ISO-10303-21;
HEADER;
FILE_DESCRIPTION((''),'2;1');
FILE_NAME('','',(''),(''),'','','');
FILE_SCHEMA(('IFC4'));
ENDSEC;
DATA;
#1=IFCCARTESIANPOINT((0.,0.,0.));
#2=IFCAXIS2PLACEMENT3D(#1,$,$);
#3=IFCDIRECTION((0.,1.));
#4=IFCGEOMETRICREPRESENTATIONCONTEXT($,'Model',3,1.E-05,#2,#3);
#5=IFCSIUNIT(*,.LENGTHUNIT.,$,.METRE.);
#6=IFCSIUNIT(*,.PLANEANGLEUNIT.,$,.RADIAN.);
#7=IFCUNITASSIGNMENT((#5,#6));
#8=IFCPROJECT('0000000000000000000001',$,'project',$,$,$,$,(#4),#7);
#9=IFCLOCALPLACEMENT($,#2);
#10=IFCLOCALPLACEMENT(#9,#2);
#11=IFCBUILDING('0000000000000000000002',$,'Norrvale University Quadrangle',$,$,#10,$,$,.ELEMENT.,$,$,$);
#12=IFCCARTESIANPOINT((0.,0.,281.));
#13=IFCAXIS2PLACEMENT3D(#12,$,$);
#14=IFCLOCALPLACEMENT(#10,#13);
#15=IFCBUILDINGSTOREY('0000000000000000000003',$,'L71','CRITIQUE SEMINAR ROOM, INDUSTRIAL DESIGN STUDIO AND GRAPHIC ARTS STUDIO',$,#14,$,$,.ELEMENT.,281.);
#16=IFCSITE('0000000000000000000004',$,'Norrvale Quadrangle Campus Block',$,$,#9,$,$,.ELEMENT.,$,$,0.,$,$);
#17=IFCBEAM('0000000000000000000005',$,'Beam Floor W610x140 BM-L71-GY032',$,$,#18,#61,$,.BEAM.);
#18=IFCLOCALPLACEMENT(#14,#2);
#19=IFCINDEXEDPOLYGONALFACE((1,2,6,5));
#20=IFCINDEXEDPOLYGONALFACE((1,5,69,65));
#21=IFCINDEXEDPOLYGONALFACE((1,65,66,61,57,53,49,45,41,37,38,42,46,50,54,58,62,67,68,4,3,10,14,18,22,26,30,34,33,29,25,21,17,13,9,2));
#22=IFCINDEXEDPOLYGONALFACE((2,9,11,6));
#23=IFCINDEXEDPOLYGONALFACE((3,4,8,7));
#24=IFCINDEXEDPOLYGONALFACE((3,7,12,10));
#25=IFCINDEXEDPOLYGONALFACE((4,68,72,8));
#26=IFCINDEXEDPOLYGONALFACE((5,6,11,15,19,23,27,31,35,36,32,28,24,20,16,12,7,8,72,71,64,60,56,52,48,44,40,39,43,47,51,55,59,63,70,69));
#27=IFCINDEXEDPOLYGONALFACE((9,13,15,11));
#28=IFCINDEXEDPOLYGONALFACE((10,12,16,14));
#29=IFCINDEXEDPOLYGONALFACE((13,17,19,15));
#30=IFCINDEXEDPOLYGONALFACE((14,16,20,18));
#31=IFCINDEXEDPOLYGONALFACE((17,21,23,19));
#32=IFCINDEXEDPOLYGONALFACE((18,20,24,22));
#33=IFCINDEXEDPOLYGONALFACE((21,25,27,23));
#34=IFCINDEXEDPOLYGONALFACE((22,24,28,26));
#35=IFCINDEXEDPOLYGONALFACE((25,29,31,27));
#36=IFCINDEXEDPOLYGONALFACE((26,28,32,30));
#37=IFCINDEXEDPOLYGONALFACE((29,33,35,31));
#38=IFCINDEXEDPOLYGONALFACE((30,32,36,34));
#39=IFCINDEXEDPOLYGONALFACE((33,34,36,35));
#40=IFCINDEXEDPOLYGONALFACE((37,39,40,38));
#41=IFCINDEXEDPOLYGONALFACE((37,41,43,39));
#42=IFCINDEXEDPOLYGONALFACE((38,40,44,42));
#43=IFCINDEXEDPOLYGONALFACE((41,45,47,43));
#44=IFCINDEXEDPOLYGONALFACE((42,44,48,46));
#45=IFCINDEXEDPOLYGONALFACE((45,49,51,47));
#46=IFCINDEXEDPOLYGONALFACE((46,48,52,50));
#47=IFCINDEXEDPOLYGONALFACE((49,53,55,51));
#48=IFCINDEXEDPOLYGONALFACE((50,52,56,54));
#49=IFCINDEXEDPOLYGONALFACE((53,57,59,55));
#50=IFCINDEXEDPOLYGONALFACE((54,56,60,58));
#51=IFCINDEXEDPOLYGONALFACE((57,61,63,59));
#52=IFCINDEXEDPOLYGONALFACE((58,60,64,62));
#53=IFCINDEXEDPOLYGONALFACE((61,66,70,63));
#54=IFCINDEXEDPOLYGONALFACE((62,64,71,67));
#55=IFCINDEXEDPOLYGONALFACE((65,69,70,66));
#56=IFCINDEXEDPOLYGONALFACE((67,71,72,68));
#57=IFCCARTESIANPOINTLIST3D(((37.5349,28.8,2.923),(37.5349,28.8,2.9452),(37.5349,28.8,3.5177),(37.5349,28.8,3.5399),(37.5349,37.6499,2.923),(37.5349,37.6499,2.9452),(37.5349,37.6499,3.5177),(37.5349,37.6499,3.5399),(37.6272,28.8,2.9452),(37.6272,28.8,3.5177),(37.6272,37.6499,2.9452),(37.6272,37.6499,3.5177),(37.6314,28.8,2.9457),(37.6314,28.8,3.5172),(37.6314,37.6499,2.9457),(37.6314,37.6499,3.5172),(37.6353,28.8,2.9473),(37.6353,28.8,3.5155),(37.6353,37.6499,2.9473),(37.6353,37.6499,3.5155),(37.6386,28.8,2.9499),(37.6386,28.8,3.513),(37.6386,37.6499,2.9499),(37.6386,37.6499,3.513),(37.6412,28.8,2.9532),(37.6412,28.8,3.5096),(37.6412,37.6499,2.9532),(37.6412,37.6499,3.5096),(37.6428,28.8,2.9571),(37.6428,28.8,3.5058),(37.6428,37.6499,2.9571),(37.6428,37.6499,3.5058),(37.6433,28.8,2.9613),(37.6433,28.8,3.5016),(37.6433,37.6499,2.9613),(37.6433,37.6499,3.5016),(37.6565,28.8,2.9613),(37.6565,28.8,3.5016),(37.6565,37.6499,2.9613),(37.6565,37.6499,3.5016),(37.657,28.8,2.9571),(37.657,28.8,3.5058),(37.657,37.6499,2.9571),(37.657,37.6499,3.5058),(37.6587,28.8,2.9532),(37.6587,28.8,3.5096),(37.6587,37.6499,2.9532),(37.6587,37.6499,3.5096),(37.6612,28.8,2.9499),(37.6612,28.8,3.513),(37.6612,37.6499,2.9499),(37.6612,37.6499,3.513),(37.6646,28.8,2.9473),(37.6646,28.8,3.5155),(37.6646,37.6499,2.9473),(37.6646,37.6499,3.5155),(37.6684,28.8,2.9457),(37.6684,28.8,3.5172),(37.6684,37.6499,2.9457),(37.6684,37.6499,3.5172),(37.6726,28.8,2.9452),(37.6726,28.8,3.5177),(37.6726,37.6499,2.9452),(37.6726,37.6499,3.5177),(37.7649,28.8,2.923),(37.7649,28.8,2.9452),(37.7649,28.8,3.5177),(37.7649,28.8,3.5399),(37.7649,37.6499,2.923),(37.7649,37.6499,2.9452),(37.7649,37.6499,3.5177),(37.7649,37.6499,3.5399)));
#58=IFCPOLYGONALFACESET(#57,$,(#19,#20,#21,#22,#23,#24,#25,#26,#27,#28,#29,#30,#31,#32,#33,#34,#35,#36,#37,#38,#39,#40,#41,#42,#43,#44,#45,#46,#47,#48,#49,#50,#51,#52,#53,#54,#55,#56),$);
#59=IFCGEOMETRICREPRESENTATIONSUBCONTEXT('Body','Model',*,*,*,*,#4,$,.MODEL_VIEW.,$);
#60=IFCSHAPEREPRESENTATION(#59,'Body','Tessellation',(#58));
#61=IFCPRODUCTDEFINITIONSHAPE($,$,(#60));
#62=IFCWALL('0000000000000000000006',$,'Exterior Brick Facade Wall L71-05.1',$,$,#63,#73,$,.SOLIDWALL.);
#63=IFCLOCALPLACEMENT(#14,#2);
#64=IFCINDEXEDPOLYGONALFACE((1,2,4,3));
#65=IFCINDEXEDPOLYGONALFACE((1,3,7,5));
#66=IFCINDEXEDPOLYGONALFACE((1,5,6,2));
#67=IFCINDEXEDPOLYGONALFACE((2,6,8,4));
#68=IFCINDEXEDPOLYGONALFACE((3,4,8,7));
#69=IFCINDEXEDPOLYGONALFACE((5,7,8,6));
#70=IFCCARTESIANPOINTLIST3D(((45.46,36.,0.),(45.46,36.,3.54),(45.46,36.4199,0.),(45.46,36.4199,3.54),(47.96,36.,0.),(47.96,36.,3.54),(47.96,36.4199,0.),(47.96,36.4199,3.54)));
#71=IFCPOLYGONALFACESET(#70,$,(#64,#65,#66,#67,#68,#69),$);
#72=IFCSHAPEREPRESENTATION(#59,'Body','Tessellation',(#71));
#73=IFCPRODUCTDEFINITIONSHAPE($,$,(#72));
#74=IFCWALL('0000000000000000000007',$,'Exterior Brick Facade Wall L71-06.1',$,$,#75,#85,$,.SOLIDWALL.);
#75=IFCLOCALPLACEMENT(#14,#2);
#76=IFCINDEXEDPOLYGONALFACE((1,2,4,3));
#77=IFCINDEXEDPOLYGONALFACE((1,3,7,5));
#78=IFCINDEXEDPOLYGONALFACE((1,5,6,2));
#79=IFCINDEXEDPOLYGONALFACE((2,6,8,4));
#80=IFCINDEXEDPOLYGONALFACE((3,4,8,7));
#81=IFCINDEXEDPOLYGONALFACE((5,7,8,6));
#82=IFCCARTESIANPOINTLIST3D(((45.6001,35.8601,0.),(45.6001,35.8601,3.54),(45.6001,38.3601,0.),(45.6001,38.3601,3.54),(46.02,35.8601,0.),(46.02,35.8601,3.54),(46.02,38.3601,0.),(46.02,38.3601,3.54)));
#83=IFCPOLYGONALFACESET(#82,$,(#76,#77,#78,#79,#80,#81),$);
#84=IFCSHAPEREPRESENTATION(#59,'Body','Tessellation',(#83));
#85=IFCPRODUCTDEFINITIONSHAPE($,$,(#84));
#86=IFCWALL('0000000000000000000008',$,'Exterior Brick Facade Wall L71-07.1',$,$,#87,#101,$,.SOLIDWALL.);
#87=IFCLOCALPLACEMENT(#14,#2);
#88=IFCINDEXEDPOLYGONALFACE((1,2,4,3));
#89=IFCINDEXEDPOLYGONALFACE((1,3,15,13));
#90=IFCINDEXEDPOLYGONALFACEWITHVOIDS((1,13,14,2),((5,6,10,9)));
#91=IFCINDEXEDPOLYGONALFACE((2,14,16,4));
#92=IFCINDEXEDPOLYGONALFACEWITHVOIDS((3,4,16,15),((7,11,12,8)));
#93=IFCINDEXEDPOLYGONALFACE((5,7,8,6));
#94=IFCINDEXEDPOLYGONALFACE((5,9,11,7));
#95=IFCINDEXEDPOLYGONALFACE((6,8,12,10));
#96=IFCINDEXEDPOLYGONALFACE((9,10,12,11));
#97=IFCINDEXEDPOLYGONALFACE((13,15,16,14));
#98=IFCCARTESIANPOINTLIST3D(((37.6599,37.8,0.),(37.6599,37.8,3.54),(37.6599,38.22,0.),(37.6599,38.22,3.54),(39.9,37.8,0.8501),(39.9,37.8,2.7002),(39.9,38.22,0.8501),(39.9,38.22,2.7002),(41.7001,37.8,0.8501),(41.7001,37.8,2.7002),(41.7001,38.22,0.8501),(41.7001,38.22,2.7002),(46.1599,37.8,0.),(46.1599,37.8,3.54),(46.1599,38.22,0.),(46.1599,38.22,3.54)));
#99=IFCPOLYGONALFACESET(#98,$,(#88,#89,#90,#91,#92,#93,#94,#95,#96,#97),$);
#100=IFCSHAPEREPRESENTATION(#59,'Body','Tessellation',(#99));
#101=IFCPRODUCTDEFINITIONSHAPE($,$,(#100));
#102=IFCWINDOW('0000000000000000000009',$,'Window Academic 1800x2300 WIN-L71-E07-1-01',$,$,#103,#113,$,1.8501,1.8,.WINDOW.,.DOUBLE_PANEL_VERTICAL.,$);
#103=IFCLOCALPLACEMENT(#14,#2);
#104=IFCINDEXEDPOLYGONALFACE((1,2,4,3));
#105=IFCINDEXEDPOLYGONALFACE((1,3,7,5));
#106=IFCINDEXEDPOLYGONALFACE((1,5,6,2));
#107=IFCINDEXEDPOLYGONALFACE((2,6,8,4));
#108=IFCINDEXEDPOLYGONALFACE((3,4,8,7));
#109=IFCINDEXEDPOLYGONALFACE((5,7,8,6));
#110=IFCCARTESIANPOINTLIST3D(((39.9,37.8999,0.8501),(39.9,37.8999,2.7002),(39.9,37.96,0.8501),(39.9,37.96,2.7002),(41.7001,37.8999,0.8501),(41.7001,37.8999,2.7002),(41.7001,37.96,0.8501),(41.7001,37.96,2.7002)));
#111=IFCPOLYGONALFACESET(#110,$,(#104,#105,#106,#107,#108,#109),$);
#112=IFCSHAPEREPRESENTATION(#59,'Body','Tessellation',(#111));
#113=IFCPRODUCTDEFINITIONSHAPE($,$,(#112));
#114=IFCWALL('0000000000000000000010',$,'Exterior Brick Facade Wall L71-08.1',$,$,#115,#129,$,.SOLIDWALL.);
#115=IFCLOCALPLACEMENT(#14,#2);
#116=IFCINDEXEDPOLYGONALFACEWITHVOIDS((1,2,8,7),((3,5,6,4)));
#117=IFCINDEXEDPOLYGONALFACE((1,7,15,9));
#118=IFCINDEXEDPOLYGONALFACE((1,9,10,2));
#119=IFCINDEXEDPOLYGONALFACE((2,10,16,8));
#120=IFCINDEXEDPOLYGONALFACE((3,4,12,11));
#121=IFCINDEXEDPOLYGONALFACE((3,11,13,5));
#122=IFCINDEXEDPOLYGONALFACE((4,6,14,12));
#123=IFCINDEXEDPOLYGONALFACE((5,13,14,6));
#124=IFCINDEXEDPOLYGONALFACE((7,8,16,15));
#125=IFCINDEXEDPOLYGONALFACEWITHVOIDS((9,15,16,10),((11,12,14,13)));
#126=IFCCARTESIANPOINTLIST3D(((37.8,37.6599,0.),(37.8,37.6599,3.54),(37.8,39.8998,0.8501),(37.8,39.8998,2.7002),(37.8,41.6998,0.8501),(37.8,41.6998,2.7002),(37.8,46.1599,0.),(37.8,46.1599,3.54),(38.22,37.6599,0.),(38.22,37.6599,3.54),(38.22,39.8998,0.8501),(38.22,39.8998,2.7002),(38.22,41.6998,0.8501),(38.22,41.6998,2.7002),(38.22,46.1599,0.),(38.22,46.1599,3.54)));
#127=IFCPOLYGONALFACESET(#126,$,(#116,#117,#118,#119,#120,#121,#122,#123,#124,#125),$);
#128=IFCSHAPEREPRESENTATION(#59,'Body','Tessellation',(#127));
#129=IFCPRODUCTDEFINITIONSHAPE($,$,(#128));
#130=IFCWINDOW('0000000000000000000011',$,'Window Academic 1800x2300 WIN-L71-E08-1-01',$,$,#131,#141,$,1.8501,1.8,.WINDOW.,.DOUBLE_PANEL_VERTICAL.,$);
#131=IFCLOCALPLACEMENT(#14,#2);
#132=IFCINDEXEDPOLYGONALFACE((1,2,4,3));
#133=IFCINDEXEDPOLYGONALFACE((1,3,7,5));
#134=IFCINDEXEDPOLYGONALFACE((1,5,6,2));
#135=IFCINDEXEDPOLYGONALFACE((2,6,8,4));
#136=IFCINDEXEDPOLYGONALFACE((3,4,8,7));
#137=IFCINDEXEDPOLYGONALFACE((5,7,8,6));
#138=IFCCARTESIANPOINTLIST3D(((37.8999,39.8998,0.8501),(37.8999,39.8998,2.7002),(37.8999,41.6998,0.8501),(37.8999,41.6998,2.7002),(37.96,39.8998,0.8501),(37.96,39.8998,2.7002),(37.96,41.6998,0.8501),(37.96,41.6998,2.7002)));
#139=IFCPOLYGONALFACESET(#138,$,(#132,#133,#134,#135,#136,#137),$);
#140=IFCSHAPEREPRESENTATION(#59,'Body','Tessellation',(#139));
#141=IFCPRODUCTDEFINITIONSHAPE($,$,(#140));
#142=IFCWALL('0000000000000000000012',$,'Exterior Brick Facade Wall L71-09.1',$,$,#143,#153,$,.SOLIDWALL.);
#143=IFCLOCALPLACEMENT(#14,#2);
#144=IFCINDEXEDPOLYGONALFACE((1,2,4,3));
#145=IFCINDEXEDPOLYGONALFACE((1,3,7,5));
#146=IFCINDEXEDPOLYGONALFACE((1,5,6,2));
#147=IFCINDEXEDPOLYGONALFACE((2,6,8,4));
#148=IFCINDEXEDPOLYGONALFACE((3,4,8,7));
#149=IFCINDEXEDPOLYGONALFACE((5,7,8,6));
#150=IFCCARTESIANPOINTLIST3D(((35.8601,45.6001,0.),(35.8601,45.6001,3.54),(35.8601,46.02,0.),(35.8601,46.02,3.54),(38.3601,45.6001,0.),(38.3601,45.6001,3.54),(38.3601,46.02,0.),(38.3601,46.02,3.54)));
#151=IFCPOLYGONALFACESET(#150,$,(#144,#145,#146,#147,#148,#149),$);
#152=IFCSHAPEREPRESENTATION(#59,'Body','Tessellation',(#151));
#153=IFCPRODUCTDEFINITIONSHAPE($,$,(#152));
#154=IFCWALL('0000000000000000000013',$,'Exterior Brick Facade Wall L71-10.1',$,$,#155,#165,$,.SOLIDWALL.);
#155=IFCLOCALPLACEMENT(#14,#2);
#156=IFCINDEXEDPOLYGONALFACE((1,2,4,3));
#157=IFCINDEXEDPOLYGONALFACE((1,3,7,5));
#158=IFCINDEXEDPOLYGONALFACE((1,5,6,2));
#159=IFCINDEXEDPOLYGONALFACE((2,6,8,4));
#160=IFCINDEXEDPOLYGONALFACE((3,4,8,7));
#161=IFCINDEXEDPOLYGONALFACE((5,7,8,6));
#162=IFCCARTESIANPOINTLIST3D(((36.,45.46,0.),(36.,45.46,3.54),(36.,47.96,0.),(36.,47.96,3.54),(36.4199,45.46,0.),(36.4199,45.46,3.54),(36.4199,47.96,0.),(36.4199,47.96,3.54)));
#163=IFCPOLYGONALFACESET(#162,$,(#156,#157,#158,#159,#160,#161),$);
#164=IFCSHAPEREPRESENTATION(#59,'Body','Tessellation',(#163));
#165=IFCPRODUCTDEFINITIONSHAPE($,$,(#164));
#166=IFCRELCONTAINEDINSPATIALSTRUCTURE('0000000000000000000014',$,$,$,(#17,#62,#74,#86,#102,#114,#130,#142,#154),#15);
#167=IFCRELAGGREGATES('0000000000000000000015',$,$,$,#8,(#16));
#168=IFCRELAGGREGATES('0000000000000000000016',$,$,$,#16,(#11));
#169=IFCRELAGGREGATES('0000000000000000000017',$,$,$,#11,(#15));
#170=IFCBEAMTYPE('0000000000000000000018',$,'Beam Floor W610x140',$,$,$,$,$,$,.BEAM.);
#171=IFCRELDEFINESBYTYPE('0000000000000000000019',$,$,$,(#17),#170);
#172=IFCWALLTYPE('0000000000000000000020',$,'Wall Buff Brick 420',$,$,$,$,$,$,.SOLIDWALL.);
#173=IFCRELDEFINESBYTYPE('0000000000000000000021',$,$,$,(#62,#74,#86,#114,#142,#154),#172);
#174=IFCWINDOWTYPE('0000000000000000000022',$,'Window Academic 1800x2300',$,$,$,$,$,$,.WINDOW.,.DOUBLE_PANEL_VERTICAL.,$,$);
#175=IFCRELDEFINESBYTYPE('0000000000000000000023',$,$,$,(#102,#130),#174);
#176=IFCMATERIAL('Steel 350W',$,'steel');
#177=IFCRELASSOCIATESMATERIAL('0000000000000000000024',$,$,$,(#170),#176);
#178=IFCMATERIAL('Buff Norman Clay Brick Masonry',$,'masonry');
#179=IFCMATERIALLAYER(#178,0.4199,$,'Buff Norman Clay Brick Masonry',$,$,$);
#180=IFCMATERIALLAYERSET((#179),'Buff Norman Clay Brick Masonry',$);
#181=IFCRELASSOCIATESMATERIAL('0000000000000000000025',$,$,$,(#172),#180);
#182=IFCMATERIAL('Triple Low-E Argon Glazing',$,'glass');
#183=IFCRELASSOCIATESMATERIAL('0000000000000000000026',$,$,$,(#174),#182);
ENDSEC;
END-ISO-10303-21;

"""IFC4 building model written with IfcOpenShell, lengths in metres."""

from ifc_helpers import new_model, si_unit, direction, frame, frame_2d, origin, origin_2d, place, context, subcontext, project, spatial, rectangle, i_section, extrude, material, layer, layer_set, material_profile, profile_set, type_object, element, fill, save


model = new_model("IFC4")

# Units and contexts
model_context = context("Model", 3, precision=1e-05, world=origin(), true_north=direction((0.0, 1.0)))
body_context = subcontext(model_context, "Body", "Model", "MODEL_VIEW")
ifc_project = project(units=[si_unit("LENGTHUNIT", "METRE"), si_unit("PLANEANGLEUNIT", "RADIAN")], contexts=[model_context])

# Site, building, storey
site_placement = place(None, origin())
site = spatial("IfcSite", under=ifc_project, at=site_placement, Name="Norrvale Quadrangle Campus Block", CompositionType="ELEMENT", RefElevation=0.0)
building_placement = place(site_placement, origin())
building = spatial("IfcBuilding", under=site, at=building_placement, Name="Norrvale University Quadrangle", CompositionType="ELEMENT")
storey_placement = place(building_placement, frame((0.0, 0.0, 281.0)))
storey = spatial("IfcBuildingStorey", under=building, at=storey_placement, Name="L71", Description="CRITIQUE SEMINAR ROOM, INDUSTRIAL DESIGN STUDIO AND GRAPHIC ARTS STUDIO", CompositionType="ELEMENT", Elevation=281.0)

# Beam
ifc_material_1 = material(Name="Steel 350W", Category="steel")
ifc_material_profile_1 = material_profile(ifc_material_1, i_section(OverallWidth=0.23, OverallDepth=0.6169, WebThickness=0.0132, FlangeThickness=0.0222, FilletRadius=0.0161, at=origin_2d()), Name="Steel 350W")
ifc_profile_set_1 = profile_set([ifc_material_profile_1], Name="Steel 350W")
beam_type_1 = type_object("IfcBeamType", Name="Beam Floor W610x140", PredefinedType="BEAM", material=ifc_profile_set_1)
beam_1_placement = place(storey_placement, frame((37.6499, 28.8, 3.2314), z_axis=(0.0, 1.0, 0.0), x_axis=(-1.0, 0.0, 0.0)))
element("IfcBeam", 1, at=beam_1_placement, inside=storey, type_object=beam_type_1, Name="Beam Floor W610x140 BM-L71-GY032", PredefinedType="BEAM", context=body_context, shape_type="SweptSolid", body=[
    extrude(i_section(OverallWidth=0.23, OverallDepth=0.6169, WebThickness=0.0132, FlangeThickness=0.0222, FilletRadius=0.0161, at=origin_2d()), origin(), (0.0, 0.0, 1.0), 8.8499),
])

# Walls
ifc_material_2 = material(Name="Buff Norman Clay Brick Masonry", Category="masonry")
ifc_layer = layer(ifc_material_2, 0.4199, Name="Buff Norman Clay Brick Masonry")
ifc_layer_set = layer_set([ifc_layer], Name="Buff Norman Clay Brick Masonry")
wall_type = type_object("IfcWallType", Name="Wall Buff Brick 420", PredefinedType="SOLIDWALL", material=ifc_layer_set)
for number, where, z_axis, x_axis, name in (
    (2, (47.96, 36.21, 0.0), (0.0, 0.0, 1.0), (-1.0, 0.0, 0.0), "Exterior Brick Facade Wall L71-05.1"),
    (3, (45.8101, 35.8601, 0.0), (0.0, 0.0, 1.0), (0.0, 1.0, 0.0), "Exterior Brick Facade Wall L71-06.1"),
):
    element("IfcWall", number, at=place(storey_placement, frame(where, z_axis=z_axis, x_axis=x_axis)), inside=storey, type_object=wall_type, Name=name, PredefinedType="SOLIDWALL", context=body_context, shape_type="SweptSolid", body=[
        extrude(rectangle(XDim=2.5, YDim=0.4199, at=frame_2d((1.25, 0.0))), origin(), (0.0, 0.0, 1.0), 3.54),
    ])

# Walls, openings, windows
wall_1_placement = place(storey_placement, frame((46.1599, 38.01, 0.0), z_axis=(0.0, 0.0, 1.0), x_axis=(-1.0, 0.0, 0.0)))
wall_1 = element("IfcWall", 4, at=wall_1_placement, inside=storey, type_object=wall_type, Name="Exterior Brick Facade Wall L71-07.1", PredefinedType="SOLIDWALL", context=body_context, shape_type="SweptSolid", body=[
    extrude(rectangle(XDim=8.5, YDim=0.4199, at=frame_2d((4.25, 0.0))), origin(), (0.0, 0.0, 1.0), 3.54),
])
opening_1_placement = place(wall_1_placement, frame((4.46, 0.0, 0.8501)))
opening_1 = element("IfcOpeningElement", 5, at=opening_1_placement, cuts=wall_1, PredefinedType="OPENING", context=body_context, shape_type="SweptSolid", body=[
    extrude(rectangle(XDim=1.8, YDim=1.8501, at=frame_2d((0.8999, 0.925))), frame((0.0, 0.2219, 0.0), z_axis=(0.0, -1.0, 0.0), x_axis=(1.0, 0.0, 0.0)), (0.0, 0.0, 1.0), 0.4438),
])
ifc_material_3 = material(Name="Triple Low-E Argon Glazing", Category="glass")
window_type_1 = type_object("IfcWindowType", Name="Window Academic 1800x2300", PartitioningType="DOUBLE_PANEL_VERTICAL", PredefinedType="WINDOW", material=ifc_material_3)
window_1_placement = place(opening_1_placement, origin())
window_1 = element("IfcWindow", 6, at=window_1_placement, inside=storey, type_object=window_type_1, Name="Window Academic 1800x2300 WIN-L71-E07-1-01", OverallHeight=1.8501, OverallWidth=1.8, PartitioningType="DOUBLE_PANEL_VERTICAL", PredefinedType="WINDOW", context=body_context, shape_type="SweptSolid", body=[
    extrude(rectangle(XDim=1.8, YDim=1.8501, at=frame_2d((0.8999, 0.925))), frame((0.0, 0.1101, 0.0), z_axis=(0.0, -1.0, 0.0), x_axis=(1.0, 0.0, 0.0)), (0.0, 0.0, 1.0), 0.0601),
])
fill(opening_1, window_1)
wall_2_placement = place(storey_placement, frame((38.01, 37.6599, 0.0), z_axis=(0.0, 0.0, 1.0), x_axis=(0.0, 1.0, 0.0)))
wall_2 = element("IfcWall", 7, at=wall_2_placement, inside=storey, type_object=wall_type, Name="Exterior Brick Facade Wall L71-08.1", PredefinedType="SOLIDWALL", context=body_context, shape_type="SweptSolid", body=[
    extrude(rectangle(XDim=8.5, YDim=0.4199, at=frame_2d((4.25, 0.0))), origin(), (0.0, 0.0, 1.0), 3.54),
])
opening_2_placement = place(wall_2_placement, frame((2.24, 0.0, 0.8501)))
opening_2 = element("IfcOpeningElement", 8, at=opening_2_placement, cuts=wall_2, PredefinedType="OPENING", context=body_context, shape_type="SweptSolid", body=[
    extrude(rectangle(XDim=1.8, YDim=1.8501, at=frame_2d((0.8999, 0.925))), frame((0.0, 0.2219, 0.0), z_axis=(0.0, -1.0, 0.0), x_axis=(1.0, 0.0, 0.0)), (0.0, 0.0, 1.0), 0.4438),
])
window_2_placement = place(opening_2_placement, origin())
window_2 = element("IfcWindow", 9, at=window_2_placement, inside=storey, type_object=window_type_1, Name="Window Academic 1800x2300 WIN-L71-E08-1-01", OverallHeight=1.8501, OverallWidth=1.8, PartitioningType="DOUBLE_PANEL_VERTICAL", PredefinedType="WINDOW", context=body_context, shape_type="SweptSolid", body=[
    extrude(rectangle(XDim=1.8, YDim=1.8501, at=frame_2d((0.8999, 0.925))), frame((0.0, 0.1101, 0.0), z_axis=(0.0, -1.0, 0.0), x_axis=(1.0, 0.0, 0.0)), (0.0, 0.0, 1.0), 0.0601),
])
fill(opening_2, window_2)

# Walls
for number, where, z_axis, x_axis, name in (
    (10, (38.3601, 45.8101, 0.0), (0.0, 0.0, 1.0), (-1.0, 0.0, 0.0), "Exterior Brick Facade Wall L71-09.1"),
    (11, (36.21, 45.46, 0.0), (0.0, 0.0, 1.0), (0.0, 1.0, 0.0), "Exterior Brick Facade Wall L71-10.1"),
):
    element("IfcWall", number, at=place(storey_placement, frame(where, z_axis=z_axis, x_axis=x_axis)), inside=storey, type_object=wall_type, Name=name, PredefinedType="SOLIDWALL", context=body_context, shape_type="SweptSolid", body=[
        extrude(rectangle(XDim=2.5, YDim=0.4199, at=frame_2d((1.25, 0.0))), origin(), (0.0, 0.0, 1.0), 3.54),
    ])

save(model, "model.ifc")
